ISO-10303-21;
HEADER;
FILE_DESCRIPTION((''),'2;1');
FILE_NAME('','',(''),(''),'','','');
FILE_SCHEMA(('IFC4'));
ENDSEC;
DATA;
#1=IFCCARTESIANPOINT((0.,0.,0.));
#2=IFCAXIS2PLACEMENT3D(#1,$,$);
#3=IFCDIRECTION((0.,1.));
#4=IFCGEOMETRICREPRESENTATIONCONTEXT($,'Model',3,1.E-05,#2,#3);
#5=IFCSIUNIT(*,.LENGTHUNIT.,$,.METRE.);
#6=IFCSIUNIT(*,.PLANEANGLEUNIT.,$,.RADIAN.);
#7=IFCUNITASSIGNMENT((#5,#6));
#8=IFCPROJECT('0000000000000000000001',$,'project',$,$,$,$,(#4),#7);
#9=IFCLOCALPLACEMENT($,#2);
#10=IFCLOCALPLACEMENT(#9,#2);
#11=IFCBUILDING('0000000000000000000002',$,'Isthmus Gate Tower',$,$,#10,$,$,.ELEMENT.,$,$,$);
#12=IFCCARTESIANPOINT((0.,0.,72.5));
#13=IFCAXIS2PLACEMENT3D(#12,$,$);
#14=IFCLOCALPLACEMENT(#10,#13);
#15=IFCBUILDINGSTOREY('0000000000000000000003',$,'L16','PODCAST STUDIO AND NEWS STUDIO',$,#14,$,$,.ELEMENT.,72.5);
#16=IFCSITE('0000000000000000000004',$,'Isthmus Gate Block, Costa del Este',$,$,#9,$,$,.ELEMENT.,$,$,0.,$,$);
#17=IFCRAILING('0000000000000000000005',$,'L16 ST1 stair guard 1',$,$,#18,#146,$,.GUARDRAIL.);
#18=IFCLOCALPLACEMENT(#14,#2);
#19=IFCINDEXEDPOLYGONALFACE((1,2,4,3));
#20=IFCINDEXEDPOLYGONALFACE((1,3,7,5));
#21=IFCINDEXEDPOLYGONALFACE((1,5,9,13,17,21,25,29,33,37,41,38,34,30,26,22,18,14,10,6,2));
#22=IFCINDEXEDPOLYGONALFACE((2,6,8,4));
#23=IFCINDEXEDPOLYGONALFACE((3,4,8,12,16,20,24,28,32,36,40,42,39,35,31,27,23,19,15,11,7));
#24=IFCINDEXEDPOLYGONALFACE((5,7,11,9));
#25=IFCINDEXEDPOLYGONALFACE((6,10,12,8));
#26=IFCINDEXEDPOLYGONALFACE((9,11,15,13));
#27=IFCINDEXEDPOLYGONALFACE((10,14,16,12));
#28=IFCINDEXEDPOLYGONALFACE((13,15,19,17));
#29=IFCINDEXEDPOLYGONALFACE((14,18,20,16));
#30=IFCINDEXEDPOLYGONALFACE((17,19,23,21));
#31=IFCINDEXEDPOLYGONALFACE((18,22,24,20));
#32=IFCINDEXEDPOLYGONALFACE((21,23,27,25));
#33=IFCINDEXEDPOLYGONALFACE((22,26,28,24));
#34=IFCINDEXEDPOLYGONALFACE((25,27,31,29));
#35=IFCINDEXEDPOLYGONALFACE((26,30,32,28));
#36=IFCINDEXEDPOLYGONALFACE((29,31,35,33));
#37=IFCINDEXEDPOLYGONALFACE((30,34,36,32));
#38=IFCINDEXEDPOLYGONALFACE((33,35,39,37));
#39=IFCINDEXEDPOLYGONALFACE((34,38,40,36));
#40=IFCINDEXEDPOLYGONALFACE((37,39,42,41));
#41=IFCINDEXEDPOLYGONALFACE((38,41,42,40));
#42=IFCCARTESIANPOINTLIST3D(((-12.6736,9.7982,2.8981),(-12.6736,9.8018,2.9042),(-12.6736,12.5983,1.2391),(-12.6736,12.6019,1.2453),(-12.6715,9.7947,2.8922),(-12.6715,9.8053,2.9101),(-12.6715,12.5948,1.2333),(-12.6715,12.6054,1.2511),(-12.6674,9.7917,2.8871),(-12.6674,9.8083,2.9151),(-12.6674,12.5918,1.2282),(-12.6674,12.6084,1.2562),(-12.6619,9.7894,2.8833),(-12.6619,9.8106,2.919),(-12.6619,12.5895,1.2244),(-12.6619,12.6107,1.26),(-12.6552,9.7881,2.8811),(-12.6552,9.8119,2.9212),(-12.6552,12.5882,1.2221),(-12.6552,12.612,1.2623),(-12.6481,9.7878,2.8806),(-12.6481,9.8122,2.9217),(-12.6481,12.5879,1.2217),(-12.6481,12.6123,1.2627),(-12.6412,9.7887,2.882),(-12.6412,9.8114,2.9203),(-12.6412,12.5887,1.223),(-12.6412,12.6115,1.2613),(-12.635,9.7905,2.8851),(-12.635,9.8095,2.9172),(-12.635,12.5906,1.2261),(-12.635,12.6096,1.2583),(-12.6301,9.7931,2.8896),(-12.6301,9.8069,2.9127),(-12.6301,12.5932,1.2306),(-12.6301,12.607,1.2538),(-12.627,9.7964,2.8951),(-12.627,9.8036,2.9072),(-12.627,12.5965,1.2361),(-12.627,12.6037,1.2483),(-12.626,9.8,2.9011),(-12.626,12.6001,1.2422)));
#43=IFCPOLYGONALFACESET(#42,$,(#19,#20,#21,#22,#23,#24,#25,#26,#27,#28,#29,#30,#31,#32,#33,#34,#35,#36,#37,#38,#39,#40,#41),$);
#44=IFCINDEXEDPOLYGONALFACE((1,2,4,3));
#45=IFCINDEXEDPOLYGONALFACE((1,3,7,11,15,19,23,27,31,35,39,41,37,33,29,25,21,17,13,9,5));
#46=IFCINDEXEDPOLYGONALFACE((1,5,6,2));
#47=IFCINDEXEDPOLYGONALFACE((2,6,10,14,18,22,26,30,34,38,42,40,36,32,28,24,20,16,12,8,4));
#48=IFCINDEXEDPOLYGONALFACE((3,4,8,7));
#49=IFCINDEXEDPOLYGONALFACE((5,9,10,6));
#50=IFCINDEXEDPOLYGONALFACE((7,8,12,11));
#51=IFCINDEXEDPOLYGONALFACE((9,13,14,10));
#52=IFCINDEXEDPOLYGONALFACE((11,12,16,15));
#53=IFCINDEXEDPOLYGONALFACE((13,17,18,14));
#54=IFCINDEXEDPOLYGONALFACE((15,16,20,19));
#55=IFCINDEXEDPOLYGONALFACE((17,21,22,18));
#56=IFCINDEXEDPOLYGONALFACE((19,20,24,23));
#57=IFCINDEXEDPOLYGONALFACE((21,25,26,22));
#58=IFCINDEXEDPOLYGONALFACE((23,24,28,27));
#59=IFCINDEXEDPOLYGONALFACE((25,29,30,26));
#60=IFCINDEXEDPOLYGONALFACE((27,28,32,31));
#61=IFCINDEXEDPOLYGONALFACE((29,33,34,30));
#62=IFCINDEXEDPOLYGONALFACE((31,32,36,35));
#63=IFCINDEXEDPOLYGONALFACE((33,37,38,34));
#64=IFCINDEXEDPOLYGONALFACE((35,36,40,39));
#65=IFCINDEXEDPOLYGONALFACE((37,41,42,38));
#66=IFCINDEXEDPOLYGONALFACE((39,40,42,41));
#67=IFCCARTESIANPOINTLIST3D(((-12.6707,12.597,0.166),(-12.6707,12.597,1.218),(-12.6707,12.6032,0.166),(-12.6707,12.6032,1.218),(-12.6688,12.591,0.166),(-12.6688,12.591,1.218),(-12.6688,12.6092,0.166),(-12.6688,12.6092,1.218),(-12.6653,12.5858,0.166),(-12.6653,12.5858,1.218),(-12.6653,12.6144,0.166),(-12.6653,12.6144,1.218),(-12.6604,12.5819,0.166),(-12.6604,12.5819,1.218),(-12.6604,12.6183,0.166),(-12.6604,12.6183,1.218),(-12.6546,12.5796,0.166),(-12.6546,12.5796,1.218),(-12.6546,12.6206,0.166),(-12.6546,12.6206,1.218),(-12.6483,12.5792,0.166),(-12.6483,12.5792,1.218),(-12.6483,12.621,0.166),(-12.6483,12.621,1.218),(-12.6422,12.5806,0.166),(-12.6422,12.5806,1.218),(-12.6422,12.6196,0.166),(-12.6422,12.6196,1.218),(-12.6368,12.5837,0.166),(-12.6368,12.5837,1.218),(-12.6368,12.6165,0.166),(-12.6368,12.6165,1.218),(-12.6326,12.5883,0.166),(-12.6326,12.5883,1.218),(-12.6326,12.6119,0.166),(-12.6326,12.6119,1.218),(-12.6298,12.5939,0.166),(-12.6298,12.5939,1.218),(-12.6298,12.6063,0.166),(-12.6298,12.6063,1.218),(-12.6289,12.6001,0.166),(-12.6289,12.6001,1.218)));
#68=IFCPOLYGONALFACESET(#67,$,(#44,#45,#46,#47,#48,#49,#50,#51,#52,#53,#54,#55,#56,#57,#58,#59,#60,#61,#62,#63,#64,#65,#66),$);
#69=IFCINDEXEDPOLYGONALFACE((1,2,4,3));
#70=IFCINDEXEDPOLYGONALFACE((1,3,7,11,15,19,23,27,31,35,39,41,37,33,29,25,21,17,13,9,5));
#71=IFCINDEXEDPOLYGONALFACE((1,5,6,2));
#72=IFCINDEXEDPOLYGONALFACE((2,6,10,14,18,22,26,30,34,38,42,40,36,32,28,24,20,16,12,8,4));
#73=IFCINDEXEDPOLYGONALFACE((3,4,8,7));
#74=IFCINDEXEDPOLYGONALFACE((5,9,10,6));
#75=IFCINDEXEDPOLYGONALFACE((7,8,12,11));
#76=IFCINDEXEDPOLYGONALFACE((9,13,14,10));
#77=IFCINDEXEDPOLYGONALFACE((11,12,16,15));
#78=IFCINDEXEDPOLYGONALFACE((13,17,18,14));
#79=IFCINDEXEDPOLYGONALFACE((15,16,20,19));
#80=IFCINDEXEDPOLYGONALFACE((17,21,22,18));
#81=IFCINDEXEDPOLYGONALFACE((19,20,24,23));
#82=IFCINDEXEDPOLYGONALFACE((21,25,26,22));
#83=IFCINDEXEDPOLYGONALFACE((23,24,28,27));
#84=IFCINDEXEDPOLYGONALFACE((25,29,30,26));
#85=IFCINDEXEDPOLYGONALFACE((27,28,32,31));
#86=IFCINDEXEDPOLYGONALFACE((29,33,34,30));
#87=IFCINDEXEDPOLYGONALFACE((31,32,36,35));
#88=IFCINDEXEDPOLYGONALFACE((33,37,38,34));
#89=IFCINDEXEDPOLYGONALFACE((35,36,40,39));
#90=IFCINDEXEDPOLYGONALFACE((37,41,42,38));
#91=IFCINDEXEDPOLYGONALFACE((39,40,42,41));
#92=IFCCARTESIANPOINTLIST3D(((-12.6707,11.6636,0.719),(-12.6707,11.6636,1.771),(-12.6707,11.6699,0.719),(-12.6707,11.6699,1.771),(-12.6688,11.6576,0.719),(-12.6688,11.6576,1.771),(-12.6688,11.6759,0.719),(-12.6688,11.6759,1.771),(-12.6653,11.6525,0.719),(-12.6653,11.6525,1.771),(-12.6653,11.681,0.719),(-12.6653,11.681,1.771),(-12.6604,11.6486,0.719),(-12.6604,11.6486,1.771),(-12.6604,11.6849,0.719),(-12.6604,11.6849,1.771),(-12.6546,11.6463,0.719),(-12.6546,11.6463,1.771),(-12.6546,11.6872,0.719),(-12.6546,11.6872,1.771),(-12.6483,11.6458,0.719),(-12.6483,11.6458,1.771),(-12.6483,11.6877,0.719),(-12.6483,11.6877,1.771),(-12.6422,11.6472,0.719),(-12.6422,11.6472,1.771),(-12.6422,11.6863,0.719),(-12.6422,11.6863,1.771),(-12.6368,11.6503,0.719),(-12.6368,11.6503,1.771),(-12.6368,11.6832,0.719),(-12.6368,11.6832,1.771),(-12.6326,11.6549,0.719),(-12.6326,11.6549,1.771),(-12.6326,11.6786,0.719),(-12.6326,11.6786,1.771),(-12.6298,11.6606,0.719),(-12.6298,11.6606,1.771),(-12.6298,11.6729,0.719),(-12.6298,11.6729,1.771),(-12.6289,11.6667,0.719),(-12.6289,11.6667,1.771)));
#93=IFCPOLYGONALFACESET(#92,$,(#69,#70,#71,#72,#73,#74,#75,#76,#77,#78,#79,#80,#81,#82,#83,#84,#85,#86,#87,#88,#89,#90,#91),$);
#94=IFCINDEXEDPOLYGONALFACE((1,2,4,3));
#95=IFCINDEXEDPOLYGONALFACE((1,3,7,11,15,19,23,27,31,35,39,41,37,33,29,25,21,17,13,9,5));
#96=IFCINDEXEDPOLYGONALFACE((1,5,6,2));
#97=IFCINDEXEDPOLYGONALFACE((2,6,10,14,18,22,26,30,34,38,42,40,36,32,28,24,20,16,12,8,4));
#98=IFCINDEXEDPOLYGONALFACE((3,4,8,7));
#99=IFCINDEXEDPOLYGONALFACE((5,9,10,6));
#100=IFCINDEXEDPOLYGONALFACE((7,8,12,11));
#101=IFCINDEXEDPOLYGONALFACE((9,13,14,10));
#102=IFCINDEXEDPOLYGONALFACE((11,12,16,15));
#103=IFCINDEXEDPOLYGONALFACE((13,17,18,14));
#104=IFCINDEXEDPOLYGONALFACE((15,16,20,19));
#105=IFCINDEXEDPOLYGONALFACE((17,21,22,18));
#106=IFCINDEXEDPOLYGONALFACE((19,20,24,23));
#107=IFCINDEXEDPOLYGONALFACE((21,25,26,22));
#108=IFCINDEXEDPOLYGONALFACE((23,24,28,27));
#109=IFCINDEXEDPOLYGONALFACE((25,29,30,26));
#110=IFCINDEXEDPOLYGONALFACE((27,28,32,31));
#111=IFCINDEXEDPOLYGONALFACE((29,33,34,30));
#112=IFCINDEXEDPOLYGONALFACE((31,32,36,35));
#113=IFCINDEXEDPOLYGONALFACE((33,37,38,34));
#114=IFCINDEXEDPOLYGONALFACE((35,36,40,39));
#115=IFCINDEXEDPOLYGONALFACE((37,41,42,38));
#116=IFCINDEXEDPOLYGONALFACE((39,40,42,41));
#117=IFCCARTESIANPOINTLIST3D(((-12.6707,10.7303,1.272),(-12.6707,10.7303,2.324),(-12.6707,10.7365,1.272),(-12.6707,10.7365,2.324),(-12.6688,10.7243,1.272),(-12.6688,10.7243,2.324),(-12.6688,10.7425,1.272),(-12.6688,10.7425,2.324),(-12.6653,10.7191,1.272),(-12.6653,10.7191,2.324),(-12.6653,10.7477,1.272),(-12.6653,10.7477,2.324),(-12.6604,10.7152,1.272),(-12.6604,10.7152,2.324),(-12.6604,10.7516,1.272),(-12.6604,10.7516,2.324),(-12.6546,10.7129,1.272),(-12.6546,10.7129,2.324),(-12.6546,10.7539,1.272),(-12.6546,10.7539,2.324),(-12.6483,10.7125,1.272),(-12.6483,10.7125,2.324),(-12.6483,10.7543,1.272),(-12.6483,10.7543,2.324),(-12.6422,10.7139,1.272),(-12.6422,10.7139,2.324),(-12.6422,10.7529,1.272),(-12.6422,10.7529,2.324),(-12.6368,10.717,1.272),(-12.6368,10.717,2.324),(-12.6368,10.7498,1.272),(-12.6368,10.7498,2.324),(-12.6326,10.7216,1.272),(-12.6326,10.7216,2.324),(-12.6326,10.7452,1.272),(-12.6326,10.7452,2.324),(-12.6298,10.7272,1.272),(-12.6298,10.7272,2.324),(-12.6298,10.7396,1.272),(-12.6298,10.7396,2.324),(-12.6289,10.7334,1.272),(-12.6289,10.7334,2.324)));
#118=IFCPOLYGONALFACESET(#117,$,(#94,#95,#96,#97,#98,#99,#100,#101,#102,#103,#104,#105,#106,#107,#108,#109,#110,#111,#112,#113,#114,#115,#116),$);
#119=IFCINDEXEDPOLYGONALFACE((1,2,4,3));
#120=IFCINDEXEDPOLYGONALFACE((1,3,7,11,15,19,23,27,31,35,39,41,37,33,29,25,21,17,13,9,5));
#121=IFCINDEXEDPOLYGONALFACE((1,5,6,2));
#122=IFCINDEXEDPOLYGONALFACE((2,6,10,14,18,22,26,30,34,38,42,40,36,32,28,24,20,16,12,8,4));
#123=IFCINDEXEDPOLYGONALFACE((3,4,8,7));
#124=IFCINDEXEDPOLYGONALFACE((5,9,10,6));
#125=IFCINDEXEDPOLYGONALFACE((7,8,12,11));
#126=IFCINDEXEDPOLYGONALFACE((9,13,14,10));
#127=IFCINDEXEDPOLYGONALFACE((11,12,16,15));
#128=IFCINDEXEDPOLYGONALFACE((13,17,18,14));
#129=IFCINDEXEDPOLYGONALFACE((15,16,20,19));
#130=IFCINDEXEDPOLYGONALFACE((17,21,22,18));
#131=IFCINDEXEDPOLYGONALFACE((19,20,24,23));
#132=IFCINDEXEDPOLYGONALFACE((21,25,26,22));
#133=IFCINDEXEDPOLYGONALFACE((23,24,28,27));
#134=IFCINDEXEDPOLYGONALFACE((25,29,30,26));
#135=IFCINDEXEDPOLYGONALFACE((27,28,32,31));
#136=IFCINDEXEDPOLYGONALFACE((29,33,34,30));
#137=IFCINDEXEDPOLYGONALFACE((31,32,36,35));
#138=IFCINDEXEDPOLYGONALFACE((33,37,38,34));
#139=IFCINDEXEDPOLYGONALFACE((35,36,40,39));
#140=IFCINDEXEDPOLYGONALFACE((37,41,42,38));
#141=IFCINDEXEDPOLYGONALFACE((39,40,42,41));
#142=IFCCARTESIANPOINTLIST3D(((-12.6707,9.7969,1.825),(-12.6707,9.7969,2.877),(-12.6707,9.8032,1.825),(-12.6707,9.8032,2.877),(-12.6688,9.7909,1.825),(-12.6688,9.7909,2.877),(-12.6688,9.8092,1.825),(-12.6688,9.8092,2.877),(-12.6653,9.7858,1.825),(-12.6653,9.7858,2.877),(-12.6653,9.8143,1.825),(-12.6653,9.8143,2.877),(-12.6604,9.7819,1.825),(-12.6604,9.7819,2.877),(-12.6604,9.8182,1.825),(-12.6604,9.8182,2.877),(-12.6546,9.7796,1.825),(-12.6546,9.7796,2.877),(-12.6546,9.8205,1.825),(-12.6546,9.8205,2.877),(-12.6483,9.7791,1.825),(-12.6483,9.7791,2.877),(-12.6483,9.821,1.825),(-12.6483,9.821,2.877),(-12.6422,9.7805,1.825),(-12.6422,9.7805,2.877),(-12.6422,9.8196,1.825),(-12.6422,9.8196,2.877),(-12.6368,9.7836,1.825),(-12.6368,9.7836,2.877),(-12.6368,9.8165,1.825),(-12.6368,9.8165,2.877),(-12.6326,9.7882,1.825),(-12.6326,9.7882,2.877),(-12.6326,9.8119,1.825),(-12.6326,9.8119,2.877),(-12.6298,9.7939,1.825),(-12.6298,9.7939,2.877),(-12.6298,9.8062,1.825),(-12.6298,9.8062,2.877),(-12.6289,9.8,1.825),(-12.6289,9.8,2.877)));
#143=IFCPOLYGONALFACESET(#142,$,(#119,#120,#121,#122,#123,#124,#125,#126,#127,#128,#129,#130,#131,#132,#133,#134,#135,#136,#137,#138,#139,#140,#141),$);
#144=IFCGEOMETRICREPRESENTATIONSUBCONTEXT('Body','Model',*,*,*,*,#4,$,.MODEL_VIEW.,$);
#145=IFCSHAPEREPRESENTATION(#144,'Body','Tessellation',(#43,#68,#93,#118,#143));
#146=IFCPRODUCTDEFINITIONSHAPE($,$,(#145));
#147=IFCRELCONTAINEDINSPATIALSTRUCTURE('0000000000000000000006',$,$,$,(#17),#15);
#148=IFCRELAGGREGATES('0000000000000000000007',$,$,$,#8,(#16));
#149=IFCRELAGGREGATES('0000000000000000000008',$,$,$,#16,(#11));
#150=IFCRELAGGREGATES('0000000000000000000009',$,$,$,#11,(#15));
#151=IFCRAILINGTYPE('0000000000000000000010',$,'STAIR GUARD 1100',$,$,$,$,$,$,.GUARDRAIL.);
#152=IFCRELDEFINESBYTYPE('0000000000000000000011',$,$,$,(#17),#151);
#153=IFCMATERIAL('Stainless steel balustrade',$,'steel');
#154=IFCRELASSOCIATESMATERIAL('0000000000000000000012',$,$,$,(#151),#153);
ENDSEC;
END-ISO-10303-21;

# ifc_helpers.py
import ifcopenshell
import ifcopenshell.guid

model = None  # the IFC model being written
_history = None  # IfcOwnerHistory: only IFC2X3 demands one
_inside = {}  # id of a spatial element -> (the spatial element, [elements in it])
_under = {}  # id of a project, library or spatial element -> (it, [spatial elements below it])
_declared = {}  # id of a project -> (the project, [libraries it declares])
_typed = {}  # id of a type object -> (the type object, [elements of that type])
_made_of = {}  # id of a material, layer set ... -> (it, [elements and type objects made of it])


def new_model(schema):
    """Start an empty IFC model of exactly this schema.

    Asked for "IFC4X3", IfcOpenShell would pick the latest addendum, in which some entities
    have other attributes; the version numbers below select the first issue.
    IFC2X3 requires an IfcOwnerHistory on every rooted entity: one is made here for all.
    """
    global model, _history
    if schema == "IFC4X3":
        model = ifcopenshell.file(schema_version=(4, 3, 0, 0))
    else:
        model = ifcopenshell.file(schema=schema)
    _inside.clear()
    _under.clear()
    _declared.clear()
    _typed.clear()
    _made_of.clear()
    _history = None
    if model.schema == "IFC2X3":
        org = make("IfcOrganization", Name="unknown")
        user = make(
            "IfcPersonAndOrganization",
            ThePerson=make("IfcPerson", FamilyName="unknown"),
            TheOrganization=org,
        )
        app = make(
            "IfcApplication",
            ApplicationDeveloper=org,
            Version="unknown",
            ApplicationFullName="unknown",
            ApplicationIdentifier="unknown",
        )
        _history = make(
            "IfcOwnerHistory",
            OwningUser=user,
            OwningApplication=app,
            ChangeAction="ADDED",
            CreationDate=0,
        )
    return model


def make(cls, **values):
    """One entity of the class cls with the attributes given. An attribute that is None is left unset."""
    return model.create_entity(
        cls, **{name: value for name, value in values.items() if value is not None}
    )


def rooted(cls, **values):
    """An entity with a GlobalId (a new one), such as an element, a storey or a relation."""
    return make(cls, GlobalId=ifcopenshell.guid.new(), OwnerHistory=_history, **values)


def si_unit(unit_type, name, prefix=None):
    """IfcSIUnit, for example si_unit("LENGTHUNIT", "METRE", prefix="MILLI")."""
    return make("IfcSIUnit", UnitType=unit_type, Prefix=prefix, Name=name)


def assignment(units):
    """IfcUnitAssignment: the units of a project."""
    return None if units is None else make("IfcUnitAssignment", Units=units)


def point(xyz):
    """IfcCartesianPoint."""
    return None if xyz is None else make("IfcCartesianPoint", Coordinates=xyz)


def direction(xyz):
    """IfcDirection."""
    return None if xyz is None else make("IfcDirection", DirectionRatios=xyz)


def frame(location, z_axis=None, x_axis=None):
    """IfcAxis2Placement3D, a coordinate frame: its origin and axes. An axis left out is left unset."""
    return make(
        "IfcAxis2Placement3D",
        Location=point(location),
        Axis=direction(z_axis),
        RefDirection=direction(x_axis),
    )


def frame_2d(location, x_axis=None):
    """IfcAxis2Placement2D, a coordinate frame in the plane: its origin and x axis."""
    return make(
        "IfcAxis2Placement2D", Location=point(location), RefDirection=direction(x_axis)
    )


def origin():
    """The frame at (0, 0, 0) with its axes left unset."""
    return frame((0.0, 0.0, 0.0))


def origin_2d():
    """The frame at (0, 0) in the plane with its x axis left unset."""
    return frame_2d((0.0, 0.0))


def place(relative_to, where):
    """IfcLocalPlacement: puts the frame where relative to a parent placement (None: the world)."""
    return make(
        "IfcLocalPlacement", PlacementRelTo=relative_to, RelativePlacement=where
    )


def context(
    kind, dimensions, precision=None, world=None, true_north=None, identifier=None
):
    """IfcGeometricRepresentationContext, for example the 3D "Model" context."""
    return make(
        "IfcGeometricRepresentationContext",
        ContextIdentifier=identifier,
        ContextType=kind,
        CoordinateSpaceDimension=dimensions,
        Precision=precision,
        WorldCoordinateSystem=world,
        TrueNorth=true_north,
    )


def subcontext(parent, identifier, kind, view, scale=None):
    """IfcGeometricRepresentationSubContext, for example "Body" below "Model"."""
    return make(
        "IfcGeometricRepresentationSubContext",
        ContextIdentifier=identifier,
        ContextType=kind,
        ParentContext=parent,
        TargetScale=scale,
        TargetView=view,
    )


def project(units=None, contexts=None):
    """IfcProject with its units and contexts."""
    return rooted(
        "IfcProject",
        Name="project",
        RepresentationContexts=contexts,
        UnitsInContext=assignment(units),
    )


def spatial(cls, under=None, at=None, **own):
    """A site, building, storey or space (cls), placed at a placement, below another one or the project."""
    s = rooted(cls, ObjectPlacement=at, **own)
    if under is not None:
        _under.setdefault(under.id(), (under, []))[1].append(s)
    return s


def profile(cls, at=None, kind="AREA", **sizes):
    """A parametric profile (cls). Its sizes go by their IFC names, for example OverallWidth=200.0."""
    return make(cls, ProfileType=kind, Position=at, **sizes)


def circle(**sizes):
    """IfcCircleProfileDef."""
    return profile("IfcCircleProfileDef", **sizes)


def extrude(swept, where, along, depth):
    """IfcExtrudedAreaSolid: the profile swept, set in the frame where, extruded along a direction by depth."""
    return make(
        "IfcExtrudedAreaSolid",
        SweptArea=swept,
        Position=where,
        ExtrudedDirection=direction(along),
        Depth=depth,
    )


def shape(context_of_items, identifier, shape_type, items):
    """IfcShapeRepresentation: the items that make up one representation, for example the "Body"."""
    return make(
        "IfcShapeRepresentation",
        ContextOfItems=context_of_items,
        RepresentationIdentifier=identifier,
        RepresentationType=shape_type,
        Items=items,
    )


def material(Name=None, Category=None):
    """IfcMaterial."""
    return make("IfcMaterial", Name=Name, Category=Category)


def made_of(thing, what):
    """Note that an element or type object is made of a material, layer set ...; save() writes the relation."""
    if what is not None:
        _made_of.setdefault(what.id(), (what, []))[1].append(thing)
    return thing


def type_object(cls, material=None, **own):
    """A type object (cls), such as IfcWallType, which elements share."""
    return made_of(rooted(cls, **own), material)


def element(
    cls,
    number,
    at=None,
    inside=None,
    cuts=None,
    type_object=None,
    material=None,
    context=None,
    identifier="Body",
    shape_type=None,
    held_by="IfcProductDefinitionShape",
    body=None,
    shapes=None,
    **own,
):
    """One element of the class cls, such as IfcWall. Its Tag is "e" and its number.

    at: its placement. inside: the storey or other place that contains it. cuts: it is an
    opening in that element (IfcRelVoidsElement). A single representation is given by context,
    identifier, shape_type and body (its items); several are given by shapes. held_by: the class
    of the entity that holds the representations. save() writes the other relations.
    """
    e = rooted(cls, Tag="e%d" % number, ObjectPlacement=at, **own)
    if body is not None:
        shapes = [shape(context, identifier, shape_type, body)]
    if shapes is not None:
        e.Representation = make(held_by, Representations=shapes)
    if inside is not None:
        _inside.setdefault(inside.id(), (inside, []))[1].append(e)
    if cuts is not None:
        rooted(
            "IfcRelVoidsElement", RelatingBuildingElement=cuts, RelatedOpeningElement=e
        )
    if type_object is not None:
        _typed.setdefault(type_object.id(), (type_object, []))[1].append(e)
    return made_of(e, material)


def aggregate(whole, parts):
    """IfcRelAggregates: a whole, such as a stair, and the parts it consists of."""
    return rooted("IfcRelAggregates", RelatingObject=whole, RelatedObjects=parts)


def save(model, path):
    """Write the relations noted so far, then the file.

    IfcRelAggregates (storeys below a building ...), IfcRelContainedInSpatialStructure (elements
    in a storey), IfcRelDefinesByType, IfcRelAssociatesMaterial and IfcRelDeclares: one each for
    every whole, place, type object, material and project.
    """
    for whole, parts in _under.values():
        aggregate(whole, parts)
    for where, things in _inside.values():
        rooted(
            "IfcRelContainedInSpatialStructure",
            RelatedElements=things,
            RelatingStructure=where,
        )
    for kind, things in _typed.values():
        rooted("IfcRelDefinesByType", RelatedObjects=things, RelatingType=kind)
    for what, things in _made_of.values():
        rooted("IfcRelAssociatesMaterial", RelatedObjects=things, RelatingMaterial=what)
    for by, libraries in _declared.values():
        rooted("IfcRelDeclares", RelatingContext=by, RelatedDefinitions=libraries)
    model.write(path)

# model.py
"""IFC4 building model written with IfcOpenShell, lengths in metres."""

from ifc_helpers import new_model, si_unit, direction, frame, origin, origin_2d, place, context, subcontext, project, spatial, circle, extrude, material, type_object, element, save


model = new_model("IFC4")

# Units and contexts
model_context = context("Model", 3, precision=1e-05, world=origin(), true_north=direction((0.0, 1.0)))
body_context = subcontext(model_context, "Body", "Model", "MODEL_VIEW")
ifc_project = project(units=[si_unit("LENGTHUNIT", "METRE"), si_unit("PLANEANGLEUNIT", "RADIAN")], contexts=[model_context])

# Site, building, storey
site_placement = place(None, origin())
site = spatial("IfcSite", under=ifc_project, at=site_placement, Name="Isthmus Gate Block, Costa del Este", CompositionType="ELEMENT", RefElevation=0.0)
building_placement = place(site_placement, origin())
building = spatial("IfcBuilding", under=site, at=building_placement, Name="Isthmus Gate Tower", CompositionType="ELEMENT")
storey_placement = place(building_placement, frame((0.0, 0.0, 72.5)))
storey = spatial("IfcBuildingStorey", under=building, at=storey_placement, Name="L16", Description="PODCAST STUDIO AND NEWS STUDIO", CompositionType="ELEMENT", Elevation=72.5)

# Railing
ifc_material_1 = material(Name="Stainless steel balustrade", Category="steel")
railing_type_1 = type_object("IfcRailingType", Name="STAIR GUARD 1100", PredefinedType="GUARDRAIL", material=ifc_material_1)
railing_1_placement = place(storey_placement, frame((-12.6499, 12.6001, 0.166)))
element("IfcRailing", 1, at=railing_1_placement, inside=storey, type_object=railing_type_1, Name="L16 ST1 stair guard 1", PredefinedType="GUARDRAIL", context=body_context, shape_type="SweptSolid", body=[
    extrude(circle(Radius=0.0239, at=origin_2d()), frame((0.0, 0.0, 1.0762), z_axis=(0.0, -0.860339, 0.509722), x_axis=(1.0, 0.0, 0.0)), (0.0, 0.0, 1.0), 3.2546),
    extrude(circle(Radius=0.021, at=origin_2d()), origin(), (0.0, 0.0, 1.0), 1.052),
    extrude(circle(Radius=0.021, at=origin_2d()), frame((0.0, -0.9333, 0.553)), (0.0, 0.0, 1.0), 1.052),
    extrude(circle(Radius=0.021, at=origin_2d()), frame((0.0, -1.8667, 1.106)), (0.0, 0.0, 1.0), 1.052),
    extrude(circle(Radius=0.021, at=origin_2d()), frame((0.0, -2.8, 1.6589)), (0.0, 0.0, 1.0), 1.052),
])

save(model, "model.ifc")
